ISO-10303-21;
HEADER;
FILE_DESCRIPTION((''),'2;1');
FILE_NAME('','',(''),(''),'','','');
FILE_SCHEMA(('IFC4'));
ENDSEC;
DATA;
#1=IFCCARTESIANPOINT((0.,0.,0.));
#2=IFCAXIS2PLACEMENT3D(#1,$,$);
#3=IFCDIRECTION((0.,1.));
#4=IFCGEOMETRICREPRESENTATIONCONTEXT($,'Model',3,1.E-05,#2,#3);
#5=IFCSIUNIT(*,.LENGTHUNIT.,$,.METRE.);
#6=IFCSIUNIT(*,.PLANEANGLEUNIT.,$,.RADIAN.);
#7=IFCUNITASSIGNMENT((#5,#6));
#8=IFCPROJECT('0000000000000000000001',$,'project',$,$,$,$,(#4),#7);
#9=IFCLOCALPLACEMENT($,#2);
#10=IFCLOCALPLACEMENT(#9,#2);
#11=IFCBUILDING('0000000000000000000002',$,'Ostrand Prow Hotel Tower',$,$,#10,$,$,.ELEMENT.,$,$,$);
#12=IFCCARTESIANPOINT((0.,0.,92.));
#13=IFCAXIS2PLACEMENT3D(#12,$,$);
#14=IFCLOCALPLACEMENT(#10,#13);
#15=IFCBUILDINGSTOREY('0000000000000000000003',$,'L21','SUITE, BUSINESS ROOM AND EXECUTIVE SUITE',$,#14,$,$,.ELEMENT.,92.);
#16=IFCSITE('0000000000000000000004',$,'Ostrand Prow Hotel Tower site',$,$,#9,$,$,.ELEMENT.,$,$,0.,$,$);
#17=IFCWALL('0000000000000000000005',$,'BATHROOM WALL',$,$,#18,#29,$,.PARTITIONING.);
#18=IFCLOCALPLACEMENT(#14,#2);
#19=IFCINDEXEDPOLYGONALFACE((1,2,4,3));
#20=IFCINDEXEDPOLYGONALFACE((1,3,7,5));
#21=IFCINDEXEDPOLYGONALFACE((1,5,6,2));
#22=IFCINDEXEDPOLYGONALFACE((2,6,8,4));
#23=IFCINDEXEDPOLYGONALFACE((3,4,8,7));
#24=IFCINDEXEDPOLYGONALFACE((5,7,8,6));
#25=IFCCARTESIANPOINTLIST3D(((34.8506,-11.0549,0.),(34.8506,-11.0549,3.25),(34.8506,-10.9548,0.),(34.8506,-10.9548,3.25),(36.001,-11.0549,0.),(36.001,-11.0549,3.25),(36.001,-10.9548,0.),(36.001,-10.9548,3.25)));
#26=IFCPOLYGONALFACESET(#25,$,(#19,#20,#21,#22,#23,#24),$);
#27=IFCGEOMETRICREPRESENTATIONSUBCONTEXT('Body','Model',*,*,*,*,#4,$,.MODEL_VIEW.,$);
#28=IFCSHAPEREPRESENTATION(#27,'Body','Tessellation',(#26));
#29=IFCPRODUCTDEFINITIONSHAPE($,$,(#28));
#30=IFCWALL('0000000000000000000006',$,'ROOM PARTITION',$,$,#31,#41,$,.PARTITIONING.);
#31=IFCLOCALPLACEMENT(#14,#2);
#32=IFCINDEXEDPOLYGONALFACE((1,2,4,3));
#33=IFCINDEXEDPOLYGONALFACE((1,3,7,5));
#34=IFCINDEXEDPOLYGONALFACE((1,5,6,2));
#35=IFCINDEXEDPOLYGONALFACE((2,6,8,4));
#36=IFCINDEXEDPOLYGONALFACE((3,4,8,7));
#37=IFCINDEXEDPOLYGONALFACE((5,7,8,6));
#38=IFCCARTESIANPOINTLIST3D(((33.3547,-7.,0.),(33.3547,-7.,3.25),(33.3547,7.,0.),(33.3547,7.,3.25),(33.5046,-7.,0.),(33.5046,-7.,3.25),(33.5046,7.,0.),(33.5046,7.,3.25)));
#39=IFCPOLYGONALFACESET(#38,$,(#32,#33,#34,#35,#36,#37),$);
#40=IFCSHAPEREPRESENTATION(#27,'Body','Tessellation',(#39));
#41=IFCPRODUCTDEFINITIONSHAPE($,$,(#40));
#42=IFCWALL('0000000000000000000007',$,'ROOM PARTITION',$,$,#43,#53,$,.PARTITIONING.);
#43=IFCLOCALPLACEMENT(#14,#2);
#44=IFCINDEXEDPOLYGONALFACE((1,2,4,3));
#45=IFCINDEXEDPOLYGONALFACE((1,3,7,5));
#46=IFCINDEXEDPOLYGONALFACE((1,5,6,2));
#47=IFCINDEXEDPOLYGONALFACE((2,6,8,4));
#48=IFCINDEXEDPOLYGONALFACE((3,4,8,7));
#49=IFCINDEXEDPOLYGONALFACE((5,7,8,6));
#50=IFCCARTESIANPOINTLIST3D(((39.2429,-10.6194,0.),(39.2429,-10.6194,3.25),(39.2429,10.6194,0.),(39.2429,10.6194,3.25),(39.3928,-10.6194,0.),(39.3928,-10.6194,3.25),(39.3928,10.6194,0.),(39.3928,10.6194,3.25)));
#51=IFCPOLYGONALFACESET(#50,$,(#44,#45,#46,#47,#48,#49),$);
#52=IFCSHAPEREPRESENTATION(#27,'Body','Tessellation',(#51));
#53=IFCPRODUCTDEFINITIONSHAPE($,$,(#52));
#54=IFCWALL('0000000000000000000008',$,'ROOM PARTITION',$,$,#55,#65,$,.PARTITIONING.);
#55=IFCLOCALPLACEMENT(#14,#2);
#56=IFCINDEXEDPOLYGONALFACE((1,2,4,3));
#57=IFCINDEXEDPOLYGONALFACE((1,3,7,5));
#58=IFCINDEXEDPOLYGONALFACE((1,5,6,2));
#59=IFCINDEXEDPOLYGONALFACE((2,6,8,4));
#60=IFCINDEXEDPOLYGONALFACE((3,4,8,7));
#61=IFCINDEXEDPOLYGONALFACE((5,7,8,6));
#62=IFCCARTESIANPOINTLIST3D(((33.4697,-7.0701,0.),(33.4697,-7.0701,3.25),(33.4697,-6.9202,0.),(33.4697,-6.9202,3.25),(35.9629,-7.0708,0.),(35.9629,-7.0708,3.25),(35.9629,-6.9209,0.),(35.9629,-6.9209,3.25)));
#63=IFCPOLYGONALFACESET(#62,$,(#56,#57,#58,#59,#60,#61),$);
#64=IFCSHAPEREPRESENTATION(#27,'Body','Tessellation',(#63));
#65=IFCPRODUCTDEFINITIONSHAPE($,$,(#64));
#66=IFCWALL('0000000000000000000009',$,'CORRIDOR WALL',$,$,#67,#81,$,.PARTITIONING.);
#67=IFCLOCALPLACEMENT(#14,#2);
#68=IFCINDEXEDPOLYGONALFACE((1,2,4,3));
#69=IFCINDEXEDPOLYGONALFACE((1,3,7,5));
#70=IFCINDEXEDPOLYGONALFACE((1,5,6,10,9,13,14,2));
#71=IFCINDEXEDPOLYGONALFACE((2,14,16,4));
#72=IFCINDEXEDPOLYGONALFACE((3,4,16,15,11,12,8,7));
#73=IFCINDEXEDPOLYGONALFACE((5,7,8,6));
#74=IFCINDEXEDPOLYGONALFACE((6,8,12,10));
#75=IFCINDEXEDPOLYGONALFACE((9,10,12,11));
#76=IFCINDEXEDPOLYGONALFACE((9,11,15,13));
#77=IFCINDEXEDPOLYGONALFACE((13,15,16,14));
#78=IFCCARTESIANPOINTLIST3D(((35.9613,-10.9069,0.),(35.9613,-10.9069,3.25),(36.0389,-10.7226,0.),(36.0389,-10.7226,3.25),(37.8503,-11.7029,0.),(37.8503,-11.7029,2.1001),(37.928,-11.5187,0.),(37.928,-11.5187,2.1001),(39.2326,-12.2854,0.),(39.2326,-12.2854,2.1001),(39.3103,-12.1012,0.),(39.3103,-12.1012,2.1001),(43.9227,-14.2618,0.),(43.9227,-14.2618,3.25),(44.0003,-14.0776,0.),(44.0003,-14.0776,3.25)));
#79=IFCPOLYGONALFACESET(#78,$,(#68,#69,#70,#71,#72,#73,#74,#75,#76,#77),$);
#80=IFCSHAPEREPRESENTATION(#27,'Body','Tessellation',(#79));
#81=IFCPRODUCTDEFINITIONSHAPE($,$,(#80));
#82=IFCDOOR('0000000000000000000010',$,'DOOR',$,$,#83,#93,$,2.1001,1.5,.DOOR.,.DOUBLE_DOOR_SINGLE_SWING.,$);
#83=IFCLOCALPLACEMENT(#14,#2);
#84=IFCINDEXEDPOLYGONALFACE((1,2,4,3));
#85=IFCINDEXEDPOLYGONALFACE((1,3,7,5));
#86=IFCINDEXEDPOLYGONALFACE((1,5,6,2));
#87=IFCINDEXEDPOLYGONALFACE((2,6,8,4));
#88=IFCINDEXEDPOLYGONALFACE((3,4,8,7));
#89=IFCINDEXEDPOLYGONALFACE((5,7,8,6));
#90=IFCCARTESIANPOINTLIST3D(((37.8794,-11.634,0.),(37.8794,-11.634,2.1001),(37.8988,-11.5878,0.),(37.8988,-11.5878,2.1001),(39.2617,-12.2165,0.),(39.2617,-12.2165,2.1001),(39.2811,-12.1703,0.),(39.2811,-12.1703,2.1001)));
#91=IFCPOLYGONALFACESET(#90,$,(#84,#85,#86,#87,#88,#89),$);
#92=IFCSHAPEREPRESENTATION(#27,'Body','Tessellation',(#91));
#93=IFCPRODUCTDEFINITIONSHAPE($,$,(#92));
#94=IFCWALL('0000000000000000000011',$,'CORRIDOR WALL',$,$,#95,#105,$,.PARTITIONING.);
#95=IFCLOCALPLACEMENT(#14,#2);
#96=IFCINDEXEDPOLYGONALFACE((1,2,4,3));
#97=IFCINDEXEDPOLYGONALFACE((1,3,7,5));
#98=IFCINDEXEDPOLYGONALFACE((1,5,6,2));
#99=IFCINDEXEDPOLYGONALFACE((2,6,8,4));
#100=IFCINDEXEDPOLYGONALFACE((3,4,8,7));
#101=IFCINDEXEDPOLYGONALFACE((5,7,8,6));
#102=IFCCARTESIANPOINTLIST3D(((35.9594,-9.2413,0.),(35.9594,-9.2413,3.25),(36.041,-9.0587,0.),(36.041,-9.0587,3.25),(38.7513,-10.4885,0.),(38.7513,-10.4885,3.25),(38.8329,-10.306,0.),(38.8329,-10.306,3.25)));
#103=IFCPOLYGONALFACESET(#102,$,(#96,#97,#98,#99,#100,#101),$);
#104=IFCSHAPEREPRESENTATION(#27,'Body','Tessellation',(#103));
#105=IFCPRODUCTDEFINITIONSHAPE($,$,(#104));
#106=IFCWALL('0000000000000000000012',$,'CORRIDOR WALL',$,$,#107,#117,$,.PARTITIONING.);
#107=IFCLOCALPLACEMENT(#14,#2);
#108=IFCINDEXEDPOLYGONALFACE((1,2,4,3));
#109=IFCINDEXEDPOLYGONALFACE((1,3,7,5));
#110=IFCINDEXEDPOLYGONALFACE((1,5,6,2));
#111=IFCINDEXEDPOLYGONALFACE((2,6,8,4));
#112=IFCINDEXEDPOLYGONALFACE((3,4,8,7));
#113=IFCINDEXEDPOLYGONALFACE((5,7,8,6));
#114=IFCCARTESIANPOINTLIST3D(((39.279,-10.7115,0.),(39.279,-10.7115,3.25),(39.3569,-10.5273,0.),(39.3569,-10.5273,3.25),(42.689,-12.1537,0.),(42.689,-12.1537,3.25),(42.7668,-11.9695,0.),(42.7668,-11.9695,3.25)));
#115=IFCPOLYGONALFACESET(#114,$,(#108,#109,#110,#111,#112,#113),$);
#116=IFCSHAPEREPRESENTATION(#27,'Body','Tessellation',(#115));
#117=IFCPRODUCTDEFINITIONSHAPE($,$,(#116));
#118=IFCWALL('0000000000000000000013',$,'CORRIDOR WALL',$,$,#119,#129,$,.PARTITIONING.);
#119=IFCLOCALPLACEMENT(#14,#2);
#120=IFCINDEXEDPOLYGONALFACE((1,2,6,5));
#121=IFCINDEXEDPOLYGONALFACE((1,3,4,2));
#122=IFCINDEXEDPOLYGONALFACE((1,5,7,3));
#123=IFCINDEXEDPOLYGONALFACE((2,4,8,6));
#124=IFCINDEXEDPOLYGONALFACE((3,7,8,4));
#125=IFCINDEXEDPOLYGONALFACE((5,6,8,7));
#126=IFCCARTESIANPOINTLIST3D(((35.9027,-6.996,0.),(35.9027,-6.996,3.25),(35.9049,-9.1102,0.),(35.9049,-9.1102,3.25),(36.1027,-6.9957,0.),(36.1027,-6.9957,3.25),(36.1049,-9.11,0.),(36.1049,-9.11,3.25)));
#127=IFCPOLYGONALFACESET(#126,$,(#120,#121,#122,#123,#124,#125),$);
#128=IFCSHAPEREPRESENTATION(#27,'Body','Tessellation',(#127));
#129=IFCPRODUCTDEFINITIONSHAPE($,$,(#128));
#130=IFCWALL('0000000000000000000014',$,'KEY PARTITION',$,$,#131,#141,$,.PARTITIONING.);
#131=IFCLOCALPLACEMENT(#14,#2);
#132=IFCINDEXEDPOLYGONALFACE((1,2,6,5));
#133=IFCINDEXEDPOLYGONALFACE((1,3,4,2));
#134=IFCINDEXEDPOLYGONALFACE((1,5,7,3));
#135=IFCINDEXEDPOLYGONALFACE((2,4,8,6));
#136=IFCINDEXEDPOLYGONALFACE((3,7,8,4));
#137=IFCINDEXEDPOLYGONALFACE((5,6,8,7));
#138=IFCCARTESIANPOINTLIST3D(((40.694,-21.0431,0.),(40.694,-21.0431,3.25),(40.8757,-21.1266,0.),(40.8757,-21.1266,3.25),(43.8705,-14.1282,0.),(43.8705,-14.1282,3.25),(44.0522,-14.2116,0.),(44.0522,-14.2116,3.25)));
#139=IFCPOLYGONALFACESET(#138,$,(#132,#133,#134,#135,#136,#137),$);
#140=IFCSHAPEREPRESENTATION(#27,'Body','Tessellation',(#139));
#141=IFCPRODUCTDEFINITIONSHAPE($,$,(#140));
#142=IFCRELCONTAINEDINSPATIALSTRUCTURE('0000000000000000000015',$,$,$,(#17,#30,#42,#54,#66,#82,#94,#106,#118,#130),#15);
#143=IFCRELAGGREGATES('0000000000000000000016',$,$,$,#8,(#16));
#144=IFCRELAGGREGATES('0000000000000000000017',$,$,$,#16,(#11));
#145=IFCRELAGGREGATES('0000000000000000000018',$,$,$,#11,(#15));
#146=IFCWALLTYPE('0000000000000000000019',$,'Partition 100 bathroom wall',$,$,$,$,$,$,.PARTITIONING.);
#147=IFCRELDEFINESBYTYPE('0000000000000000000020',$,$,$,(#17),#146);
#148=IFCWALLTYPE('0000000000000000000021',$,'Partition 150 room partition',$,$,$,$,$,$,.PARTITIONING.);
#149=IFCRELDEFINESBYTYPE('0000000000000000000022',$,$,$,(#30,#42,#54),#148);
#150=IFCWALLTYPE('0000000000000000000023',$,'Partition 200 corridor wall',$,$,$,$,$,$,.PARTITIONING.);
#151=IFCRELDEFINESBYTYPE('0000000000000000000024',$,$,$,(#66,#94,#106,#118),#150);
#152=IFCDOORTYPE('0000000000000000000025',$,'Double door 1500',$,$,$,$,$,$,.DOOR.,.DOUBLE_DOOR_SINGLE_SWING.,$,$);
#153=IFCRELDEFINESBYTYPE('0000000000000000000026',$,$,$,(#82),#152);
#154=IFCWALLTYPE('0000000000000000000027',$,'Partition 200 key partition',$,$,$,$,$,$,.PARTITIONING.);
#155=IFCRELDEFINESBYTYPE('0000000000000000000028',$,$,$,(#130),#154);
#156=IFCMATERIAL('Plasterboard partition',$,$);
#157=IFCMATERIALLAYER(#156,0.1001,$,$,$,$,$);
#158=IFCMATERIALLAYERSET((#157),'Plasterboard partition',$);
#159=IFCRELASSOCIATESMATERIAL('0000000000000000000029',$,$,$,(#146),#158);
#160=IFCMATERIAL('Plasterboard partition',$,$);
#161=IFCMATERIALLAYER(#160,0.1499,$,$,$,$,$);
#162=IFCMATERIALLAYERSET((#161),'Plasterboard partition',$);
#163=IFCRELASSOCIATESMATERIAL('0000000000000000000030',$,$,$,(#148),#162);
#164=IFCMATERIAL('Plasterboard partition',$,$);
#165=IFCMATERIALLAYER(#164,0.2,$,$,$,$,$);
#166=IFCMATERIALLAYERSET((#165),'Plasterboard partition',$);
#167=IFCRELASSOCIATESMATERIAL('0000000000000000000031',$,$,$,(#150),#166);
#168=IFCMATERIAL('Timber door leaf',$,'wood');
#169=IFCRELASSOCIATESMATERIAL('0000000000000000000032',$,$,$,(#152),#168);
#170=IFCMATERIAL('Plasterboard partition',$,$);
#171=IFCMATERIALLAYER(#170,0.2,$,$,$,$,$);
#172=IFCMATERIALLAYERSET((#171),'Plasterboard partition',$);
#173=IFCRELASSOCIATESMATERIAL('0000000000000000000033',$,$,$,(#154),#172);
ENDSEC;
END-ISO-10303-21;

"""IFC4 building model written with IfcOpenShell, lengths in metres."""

from ifc_helpers import new_model, si_unit, direction, frame, frame_2d, origin, place, context, subcontext, project, spatial, rectangle, extrude, material, layer, layer_set, type_object, element, fill, save


model = new_model("IFC4")

# Units and contexts
model_context = context("Model", 3, precision=1e-05, world=origin(), true_north=direction((0.0, 1.0)))
body_context = subcontext(model_context, "Body", "Model", "MODEL_VIEW")
ifc_project = project(units=[si_unit("LENGTHUNIT", "METRE"), si_unit("PLANEANGLEUNIT", "RADIAN")], contexts=[model_context])

# Site, building, storey
site_placement = place(None, origin())
site = spatial("IfcSite", under=ifc_project, at=site_placement, Name="Ostrand Prow Hotel Tower site", CompositionType="ELEMENT", RefElevation=0.0)
building_placement = place(site_placement, origin())
building = spatial("IfcBuilding", under=site, at=building_placement, Name="Ostrand Prow Hotel Tower", CompositionType="ELEMENT")
storey_placement = place(building_placement, frame((0.0, 0.0, 92.0)))
storey = spatial("IfcBuildingStorey", under=building, at=storey_placement, Name="L21", Description="SUITE, BUSINESS ROOM AND EXECUTIVE SUITE", CompositionType="ELEMENT", Elevation=92.0)

# Shared definitions
ifc_material_1 = material(Name="Plasterboard partition")
ifc_layer_1 = layer(ifc_material_1, 0.1001)
ifc_layer_set_1 = layer_set([ifc_layer_1], Name="Plasterboard partition")
wall_type_1 = type_object("IfcWallType", Name="Partition 100 bathroom wall", PredefinedType="PARTITIONING", material=ifc_layer_set_1)

# Walls
wall_1_placement = place(storey_placement, frame((34.8506, -11.0049, 0.0), z_axis=(0.0, 0.0, 1.0), x_axis=(1.0, 0.0, 0.0)))
element("IfcWall", 1, at=wall_1_placement, inside=storey, type_object=wall_type_1, Name="BATHROOM WALL", PredefinedType="PARTITIONING", context=body_context, shape_type="SweptSolid", body=[
    extrude(rectangle(XDim=1.1504, YDim=0.1001, at=frame_2d((0.5752, 0.0))), origin(), (0.0, 0.0, 1.0), 3.25),
])
ifc_material_2 = material(Name="Plasterboard partition")
ifc_layer_2 = layer(ifc_material_2, 0.1499)
ifc_layer_set_2 = layer_set([ifc_layer_2], Name="Plasterboard partition")
wall_type_2 = type_object("IfcWallType", Name="Partition 150 room partition", PredefinedType="PARTITIONING", material=ifc_layer_set_2)
wall_2_placement = place(storey_placement, frame((33.4297, -7.0, 0.0), z_axis=(0.0, 0.0, 1.0), x_axis=(0.0, 1.0, 0.0)))
element("IfcWall", 2, at=wall_2_placement, inside=storey, type_object=wall_type_2, Name="ROOM PARTITION", PredefinedType="PARTITIONING", context=body_context, shape_type="SweptSolid", body=[
    extrude(rectangle(XDim=14.0, YDim=0.1499, at=frame_2d((7.0, 0.0))), origin(), (0.0, 0.0, 1.0), 3.25),
])
wall_3_placement = place(storey_placement, frame((39.3179, -10.6194, 0.0), z_axis=(0.0, 0.0, 1.0), x_axis=(0.0, 1.0, 0.0)))
element("IfcWall", 3, at=wall_3_placement, inside=storey, type_object=wall_type_2, Name="ROOM PARTITION", PredefinedType="PARTITIONING", context=body_context, shape_type="SweptSolid", body=[
    extrude(rectangle(XDim=21.2388, YDim=0.1499, at=frame_2d((10.6194, 0.0))), origin(), (0.0, 0.0, 1.0), 3.25),
])
wall_4_placement = place(storey_placement, frame((35.9629, -6.9958, 0.0), z_axis=(0.0, 0.0, 1.0), x_axis=(-1.0, 0.000294, 0.0)))
element("IfcWall", 4, at=wall_4_placement, inside=storey, type_object=wall_type_2, Name="ROOM PARTITION", PredefinedType="PARTITIONING", context=body_context, shape_type="SweptSolid", body=[
    extrude(rectangle(XDim=2.4932, YDim=0.1499, at=frame_2d((1.2466, 0.0))), origin(), (0.0, 0.0, 1.0), 3.25),
])

# Wall, opening, door
ifc_material_3 = material(Name="Plasterboard partition")
ifc_layer_3 = layer(ifc_material_3, 0.2)
ifc_layer_set_3 = layer_set([ifc_layer_3], Name="Plasterboard partition")
wall_type_3 = type_object("IfcWallType", Name="Partition 200 corridor wall", PredefinedType="PARTITIONING", material=ifc_layer_set_3)
wall_5_placement = place(storey_placement, frame((36.0, -10.8147, 0.0), z_axis=(0.0, 0.0, 1.0), x_axis=(0.921519, -0.388332, 0.0)))
wall_5 = element("IfcWall", 5, at=wall_5_placement, inside=storey, type_object=wall_type_3, Name="CORRIDOR WALL", PredefinedType="PARTITIONING", context=body_context, shape_type="SweptSolid", body=[
    extrude(rectangle(XDim=8.6394, YDim=0.2, at=frame_2d((4.3198, 0.0))), origin(), (0.0, 0.0, 1.0), 3.25),
])
opening_1_placement = place(wall_5_placement, frame((2.05, 0.0, 0.0)))
opening_1 = element("IfcOpeningElement", 6, at=opening_1_placement, cuts=wall_5, PredefinedType="OPENING", context=body_context, shape_type="SweptSolid", body=[
    extrude(rectangle(XDim=1.5, YDim=2.1001, at=frame_2d((0.75, 1.05))), frame((0.0, 0.1099, 0.0), z_axis=(0.0, -1.0, 0.0), x_axis=(1.0, 0.0, 0.0)), (0.0, 0.0, 1.0), 0.22),
])
ifc_material_4 = material(Name="Timber door leaf", Category="wood")
door_type_1 = type_object("IfcDoorType", Name="Double door 1500", OperationType="DOUBLE_DOOR_SINGLE_SWING", PredefinedType="DOOR", material=ifc_material_4)
door_1_placement = place(opening_1_placement, origin())
door_1 = element("IfcDoor", 7, at=door_1_placement, inside=storey, type_object=door_type_1, Name="DOOR", OperationType="DOUBLE_DOOR_SINGLE_SWING", OverallHeight=2.1001, OverallWidth=1.5, PredefinedType="DOOR", context=body_context, shape_type="SweptSolid", body=[
    extrude(rectangle(XDim=1.5, YDim=2.1001, at=frame_2d((0.75, 1.05))), frame((0.0, 0.0249, 0.0), z_axis=(0.0, -1.0, 0.0), x_axis=(1.0, 0.0, 0.0)), (0.0, 0.0, 1.0), 0.05),
])
fill(opening_1, door_1)

# Walls
wall_6_placement = place(storey_placement, frame((38.792, -10.3972, 0.0), z_axis=(0.0, 0.0, 1.0), x_axis=(-0.91303, 0.407893, 0.0)))
element("IfcWall", 8, at=wall_6_placement, inside=storey, type_object=wall_type_3, Name="CORRIDOR WALL", PredefinedType="PARTITIONING", context=body_context, shape_type="SweptSolid", body=[
    extrude(rectangle(XDim=3.0579, YDim=0.2, at=frame_2d((1.5288, 0.0))), origin(), (0.0, 0.0, 1.0), 3.25),
])
wall_7_placement = place(storey_placement, frame((42.7278, -12.0615, 0.0), z_axis=(0.0, 0.0, 1.0), x_axis=(-0.921017, 0.389522, 0.0)))
element("IfcWall", 9, at=wall_7_placement, inside=storey, type_object=wall_type_3, Name="CORRIDOR WALL", PredefinedType="PARTITIONING", context=body_context, shape_type="SweptSolid", body=[
    extrude(rectangle(XDim=3.7024, YDim=0.2, at=frame_2d((1.8511, 0.0))), origin(), (0.0, 0.0, 1.0), 3.25),
])
wall_8_placement = place(storey_placement, frame((36.0049, -9.1101, 0.0), z_axis=(0.0, 0.0, 1.0), x_axis=(-0.001039, 0.999999, 0.0)))
element("IfcWall", 10, at=wall_8_placement, inside=storey, type_object=wall_type_3, Name="CORRIDOR WALL", PredefinedType="PARTITIONING", context=body_context, shape_type="SweptSolid", body=[
    extrude(rectangle(XDim=2.1143, YDim=0.2, at=frame_2d((1.0571, 0.0))), origin(), (0.0, 0.0, 1.0), 3.25),
])
ifc_material_5 = material(Name="Plasterboard partition")
ifc_layer_4 = layer(ifc_material_5, 0.2)
ifc_layer_set_4 = layer_set([ifc_layer_4], Name="Plasterboard partition")
wall_type_4 = type_object("IfcWallType", Name="Partition 200 key partition", PredefinedType="PARTITIONING", material=ifc_layer_set_4)
wall_9_placement = place(storey_placement, frame((40.7849, -21.0847, 0.0), z_axis=(0.0, 0.0, 1.0), x_axis=(0.417428, 0.90871, 0.0)))
element("IfcWall", 11, at=wall_9_placement, inside=storey, type_object=wall_type_4, Name="KEY PARTITION", PredefinedType="PARTITIONING", context=body_context, shape_type="SweptSolid", body=[
    extrude(rectangle(XDim=7.6096, YDim=0.2, at=frame_2d((3.8047, 0.0))), origin(), (0.0, 0.0, 1.0), 3.25),
])

save(model, "model.ifc")
